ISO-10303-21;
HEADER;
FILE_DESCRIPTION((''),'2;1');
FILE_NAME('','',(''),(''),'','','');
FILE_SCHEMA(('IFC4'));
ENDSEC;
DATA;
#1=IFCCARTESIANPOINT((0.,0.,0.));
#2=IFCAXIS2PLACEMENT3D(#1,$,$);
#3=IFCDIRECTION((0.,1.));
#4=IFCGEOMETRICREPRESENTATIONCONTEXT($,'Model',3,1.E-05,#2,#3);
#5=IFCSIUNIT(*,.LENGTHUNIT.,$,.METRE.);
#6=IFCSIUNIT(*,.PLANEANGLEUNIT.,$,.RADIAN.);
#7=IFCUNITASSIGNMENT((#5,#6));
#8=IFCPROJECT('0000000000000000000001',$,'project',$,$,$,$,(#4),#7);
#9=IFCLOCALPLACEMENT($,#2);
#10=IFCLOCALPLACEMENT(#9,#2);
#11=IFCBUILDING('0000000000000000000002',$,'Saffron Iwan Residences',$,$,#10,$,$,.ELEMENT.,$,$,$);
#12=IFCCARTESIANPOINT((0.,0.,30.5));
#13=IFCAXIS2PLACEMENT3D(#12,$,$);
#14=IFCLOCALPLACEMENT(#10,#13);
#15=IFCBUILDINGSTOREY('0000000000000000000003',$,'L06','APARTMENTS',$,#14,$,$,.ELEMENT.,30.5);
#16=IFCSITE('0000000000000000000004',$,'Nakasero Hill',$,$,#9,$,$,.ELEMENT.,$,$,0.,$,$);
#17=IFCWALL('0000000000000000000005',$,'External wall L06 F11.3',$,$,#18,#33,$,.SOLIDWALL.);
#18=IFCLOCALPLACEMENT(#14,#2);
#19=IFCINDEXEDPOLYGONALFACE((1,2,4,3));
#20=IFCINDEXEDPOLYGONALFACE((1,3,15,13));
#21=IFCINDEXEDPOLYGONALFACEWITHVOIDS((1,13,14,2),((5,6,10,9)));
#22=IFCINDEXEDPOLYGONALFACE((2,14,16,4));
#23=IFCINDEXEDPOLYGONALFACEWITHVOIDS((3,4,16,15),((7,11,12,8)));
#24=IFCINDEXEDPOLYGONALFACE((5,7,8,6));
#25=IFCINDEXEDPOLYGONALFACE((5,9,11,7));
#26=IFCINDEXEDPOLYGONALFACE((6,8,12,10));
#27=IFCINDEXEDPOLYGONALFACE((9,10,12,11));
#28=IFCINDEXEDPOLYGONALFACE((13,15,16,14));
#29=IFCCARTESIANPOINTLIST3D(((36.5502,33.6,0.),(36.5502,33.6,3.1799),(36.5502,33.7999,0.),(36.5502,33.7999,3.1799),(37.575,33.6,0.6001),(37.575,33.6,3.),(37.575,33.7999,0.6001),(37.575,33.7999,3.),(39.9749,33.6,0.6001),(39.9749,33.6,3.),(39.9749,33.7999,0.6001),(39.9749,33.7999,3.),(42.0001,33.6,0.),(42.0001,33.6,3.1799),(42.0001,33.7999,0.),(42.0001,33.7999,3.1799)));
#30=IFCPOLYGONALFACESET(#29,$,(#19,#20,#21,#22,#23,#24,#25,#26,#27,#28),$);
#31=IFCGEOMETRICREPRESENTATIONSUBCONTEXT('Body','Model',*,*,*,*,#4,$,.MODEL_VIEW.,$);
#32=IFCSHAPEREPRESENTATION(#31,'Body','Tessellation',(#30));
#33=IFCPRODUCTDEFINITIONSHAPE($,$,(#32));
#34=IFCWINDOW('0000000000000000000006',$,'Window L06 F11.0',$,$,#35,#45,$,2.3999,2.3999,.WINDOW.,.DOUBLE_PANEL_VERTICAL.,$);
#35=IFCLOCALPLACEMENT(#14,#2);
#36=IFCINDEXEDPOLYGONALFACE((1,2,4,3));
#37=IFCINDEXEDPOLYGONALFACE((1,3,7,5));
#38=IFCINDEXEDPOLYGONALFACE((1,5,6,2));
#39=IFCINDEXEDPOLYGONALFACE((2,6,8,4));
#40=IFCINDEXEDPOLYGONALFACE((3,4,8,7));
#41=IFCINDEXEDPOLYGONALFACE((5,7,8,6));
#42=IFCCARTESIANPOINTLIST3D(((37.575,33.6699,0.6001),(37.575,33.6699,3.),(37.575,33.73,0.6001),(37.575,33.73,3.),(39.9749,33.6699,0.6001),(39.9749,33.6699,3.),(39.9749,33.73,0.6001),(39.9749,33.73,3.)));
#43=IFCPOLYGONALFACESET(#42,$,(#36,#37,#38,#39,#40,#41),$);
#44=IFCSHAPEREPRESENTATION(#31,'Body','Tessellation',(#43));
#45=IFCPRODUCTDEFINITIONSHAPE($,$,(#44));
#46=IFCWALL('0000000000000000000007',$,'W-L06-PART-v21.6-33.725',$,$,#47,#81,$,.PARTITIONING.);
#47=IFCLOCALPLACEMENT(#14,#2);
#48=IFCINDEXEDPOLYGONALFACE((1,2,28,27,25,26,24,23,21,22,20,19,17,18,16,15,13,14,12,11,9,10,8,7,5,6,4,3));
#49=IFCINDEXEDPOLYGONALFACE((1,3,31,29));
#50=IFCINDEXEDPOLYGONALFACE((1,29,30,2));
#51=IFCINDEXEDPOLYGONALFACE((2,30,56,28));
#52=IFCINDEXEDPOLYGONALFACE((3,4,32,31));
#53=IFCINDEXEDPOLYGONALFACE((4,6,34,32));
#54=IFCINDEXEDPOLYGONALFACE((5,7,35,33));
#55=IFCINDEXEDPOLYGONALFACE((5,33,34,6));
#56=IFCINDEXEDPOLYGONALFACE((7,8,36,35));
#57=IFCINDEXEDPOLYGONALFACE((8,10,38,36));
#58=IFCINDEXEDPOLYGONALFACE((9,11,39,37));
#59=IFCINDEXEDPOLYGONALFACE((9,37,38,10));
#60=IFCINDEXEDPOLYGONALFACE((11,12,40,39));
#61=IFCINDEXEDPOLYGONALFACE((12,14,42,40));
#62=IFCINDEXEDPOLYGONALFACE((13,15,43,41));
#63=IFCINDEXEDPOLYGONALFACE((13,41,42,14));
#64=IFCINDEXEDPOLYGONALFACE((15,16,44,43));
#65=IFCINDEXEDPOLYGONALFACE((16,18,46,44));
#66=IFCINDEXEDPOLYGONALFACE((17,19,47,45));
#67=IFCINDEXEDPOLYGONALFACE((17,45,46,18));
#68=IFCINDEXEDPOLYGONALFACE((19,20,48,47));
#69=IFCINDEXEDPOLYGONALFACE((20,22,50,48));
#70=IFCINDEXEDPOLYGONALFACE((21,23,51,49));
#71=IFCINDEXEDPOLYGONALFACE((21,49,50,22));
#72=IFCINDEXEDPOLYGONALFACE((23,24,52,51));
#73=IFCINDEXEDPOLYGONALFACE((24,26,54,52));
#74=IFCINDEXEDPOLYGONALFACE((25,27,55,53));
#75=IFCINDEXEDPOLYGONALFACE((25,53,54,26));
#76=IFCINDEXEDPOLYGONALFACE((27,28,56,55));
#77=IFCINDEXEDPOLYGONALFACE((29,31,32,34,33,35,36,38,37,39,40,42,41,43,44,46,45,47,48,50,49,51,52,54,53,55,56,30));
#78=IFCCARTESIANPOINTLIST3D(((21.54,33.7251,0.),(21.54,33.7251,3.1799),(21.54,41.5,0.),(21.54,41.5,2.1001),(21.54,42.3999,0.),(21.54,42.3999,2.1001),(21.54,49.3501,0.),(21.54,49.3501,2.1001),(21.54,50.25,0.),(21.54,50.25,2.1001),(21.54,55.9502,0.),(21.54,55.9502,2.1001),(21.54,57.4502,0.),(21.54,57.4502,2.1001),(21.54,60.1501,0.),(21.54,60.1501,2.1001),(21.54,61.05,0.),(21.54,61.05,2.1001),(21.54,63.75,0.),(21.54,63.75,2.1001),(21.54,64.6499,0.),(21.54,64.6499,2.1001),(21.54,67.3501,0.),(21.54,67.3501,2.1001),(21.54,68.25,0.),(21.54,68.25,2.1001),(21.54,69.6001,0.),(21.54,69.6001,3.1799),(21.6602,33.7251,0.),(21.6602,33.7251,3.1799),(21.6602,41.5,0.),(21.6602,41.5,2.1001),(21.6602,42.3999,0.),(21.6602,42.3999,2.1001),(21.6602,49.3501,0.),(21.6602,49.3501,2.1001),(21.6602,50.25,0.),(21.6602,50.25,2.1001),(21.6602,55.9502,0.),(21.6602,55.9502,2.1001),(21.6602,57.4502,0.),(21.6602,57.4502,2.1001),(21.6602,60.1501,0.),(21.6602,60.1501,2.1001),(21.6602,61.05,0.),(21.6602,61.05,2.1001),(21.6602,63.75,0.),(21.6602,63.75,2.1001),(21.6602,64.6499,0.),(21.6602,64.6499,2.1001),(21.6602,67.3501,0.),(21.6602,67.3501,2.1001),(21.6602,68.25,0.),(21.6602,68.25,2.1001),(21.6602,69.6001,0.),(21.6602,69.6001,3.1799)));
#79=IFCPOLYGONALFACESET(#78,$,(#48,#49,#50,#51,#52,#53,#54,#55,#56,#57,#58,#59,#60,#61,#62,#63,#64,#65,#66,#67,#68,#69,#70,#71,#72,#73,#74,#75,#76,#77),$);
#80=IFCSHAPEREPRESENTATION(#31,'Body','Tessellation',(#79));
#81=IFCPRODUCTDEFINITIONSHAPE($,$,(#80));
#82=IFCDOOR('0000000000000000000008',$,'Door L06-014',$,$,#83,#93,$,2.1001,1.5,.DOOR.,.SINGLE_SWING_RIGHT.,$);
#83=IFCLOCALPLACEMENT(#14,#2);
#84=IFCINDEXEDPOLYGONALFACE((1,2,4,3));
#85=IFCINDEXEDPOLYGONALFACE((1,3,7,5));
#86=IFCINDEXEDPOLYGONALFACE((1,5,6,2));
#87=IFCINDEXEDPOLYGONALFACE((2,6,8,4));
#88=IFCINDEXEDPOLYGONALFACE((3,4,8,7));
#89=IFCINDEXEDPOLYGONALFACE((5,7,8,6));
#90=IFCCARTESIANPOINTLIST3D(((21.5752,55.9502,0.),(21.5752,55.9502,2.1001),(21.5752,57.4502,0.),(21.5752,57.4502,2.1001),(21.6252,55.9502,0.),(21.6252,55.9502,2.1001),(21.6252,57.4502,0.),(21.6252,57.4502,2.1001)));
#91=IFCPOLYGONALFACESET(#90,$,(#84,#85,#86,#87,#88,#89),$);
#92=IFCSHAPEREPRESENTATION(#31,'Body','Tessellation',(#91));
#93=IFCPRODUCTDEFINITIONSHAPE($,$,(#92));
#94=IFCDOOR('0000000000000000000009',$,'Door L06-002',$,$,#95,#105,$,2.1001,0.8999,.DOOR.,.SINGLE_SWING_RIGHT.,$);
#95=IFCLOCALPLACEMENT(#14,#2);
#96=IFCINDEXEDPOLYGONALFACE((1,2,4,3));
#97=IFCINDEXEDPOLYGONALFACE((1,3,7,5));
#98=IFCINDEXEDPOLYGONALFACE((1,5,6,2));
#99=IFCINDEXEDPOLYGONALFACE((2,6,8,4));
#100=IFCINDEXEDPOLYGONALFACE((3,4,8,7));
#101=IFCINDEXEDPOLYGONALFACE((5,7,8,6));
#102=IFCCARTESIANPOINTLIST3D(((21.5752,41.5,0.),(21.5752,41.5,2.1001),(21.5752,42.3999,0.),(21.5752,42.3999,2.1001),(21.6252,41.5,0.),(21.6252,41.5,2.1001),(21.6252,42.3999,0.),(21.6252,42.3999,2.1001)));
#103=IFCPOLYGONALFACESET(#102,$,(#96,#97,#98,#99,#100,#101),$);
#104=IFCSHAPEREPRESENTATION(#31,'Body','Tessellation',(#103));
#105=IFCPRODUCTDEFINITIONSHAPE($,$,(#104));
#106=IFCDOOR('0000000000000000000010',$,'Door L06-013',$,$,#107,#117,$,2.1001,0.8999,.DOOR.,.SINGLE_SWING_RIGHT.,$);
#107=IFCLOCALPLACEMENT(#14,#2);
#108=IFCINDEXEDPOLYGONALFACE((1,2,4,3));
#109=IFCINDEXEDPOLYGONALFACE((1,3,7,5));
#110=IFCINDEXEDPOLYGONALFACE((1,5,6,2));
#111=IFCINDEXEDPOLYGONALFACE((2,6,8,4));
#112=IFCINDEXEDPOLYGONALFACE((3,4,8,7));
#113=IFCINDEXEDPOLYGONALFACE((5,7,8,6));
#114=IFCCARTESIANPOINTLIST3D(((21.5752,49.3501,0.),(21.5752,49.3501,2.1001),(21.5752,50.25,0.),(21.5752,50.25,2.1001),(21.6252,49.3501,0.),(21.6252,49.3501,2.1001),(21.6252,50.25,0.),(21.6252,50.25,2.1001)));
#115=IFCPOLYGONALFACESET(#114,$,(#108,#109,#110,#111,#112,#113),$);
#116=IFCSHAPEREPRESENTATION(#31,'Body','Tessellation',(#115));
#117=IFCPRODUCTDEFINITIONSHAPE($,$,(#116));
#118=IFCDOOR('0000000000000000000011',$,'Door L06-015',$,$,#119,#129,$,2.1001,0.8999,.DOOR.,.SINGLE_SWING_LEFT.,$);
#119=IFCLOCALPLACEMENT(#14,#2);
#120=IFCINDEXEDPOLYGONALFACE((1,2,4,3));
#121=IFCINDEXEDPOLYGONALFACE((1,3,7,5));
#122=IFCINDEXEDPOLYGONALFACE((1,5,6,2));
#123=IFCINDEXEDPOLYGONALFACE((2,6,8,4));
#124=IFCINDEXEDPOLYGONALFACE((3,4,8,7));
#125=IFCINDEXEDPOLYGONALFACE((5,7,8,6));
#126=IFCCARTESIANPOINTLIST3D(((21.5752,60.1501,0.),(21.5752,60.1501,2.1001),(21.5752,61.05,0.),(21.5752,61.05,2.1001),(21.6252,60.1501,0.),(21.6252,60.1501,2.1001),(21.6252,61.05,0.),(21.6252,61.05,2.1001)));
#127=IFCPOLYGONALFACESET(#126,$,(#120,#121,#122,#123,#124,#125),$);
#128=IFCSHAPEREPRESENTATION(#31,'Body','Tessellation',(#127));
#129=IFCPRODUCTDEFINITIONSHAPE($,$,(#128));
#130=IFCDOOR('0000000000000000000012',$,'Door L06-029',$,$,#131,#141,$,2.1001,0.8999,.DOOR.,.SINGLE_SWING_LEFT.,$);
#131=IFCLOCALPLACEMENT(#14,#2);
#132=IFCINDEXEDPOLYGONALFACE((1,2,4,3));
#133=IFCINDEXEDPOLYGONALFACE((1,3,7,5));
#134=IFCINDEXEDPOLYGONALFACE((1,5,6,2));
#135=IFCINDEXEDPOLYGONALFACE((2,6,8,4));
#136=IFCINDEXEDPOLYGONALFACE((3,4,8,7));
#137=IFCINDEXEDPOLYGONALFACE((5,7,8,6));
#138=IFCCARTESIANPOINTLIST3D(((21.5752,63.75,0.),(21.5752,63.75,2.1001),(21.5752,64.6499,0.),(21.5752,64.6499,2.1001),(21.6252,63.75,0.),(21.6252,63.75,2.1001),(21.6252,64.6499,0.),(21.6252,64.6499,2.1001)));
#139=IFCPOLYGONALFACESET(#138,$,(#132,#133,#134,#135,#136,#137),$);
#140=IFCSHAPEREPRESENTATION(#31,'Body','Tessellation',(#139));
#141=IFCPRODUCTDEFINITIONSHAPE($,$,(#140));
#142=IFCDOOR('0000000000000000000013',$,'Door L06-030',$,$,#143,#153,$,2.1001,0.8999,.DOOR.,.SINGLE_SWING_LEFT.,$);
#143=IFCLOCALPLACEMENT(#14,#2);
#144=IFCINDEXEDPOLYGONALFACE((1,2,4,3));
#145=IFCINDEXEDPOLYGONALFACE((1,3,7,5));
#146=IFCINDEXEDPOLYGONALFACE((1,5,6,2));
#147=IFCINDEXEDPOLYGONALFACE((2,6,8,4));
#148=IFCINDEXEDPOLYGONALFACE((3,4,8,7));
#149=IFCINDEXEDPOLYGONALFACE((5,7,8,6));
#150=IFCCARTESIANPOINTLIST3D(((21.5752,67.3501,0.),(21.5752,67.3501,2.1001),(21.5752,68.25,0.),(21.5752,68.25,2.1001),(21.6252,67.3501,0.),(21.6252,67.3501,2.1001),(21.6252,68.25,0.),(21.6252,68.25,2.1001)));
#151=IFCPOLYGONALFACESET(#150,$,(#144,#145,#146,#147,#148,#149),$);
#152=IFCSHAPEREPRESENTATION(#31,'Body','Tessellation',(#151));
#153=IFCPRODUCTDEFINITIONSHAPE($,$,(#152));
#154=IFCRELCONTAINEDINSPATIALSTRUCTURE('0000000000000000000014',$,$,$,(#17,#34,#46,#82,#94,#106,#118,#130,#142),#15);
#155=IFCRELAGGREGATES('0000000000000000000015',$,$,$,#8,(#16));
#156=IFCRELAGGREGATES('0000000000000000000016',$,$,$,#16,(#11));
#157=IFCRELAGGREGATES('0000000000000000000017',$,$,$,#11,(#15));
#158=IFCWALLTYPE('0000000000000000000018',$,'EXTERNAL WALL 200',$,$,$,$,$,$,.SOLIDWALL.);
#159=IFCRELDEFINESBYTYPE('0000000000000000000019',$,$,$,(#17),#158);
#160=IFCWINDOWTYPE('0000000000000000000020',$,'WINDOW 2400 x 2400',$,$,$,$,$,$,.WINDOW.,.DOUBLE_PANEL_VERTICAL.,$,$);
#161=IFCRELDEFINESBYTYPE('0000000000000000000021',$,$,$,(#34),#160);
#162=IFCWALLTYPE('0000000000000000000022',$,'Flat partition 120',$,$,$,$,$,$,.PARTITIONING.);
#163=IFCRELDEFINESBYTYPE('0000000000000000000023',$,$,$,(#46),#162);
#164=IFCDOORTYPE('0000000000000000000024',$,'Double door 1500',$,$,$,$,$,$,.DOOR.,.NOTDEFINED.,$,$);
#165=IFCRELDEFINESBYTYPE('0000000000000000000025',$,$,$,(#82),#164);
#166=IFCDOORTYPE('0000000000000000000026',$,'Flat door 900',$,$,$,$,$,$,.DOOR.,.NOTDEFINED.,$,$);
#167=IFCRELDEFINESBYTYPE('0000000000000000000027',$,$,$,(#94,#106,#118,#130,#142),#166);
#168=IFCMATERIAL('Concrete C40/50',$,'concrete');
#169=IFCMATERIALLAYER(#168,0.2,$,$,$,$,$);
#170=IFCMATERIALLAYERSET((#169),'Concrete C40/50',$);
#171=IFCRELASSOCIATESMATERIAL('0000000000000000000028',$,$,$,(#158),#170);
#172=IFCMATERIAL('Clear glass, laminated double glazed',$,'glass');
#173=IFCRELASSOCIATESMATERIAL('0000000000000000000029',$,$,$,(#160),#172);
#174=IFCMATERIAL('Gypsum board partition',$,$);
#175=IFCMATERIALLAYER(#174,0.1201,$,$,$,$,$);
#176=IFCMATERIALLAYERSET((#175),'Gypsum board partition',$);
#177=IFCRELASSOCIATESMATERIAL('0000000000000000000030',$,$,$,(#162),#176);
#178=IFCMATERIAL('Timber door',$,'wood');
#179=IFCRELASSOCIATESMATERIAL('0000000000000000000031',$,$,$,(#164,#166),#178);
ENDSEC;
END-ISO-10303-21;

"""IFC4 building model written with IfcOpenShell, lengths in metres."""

from ifc_helpers import new_model, si_unit, direction, frame, frame_2d, origin, place, context, subcontext, project, spatial, rectangle, extrude, material, layer, layer_set, type_object, element, fill, save


model = new_model("IFC4")

# Units and contexts
model_context = context("Model", 3, precision=1e-05, world=origin(), true_north=direction((0.0, 1.0)))
body_context = subcontext(model_context, "Body", "Model", "MODEL_VIEW")
ifc_project = project(units=[si_unit("LENGTHUNIT", "METRE"), si_unit("PLANEANGLEUNIT", "RADIAN")], contexts=[model_context])

# Site, building, storey
site_placement = place(None, origin())
site = spatial("IfcSite", under=ifc_project, at=site_placement, Name="Nakasero Hill", CompositionType="ELEMENT", RefElevation=0.0)
building_placement = place(site_placement, origin())
building = spatial("IfcBuilding", under=site, at=building_placement, Name="Saffron Iwan Residences", CompositionType="ELEMENT")
storey_placement = place(building_placement, frame((0.0, 0.0, 30.5)))
storey = spatial("IfcBuildingStorey", under=building, at=storey_placement, Name="L06", Description="APARTMENTS", CompositionType="ELEMENT", Elevation=30.5)

# Shared definitions
ifc_material_1 = material(Name="Clear glass, laminated double glazed", Category="glass")

# Shared definitions
ifc_material_2 = material(Name="Concrete C40/50", Category="concrete")
ifc_layer_1 = layer(ifc_material_2, 0.2)
ifc_layer_set_1 = layer_set([ifc_layer_1], Name="Concrete C40/50")
wall_type_1 = type_object("IfcWallType", Name="EXTERNAL WALL 200", PredefinedType="SOLIDWALL", material=ifc_layer_set_1)

# Wall, opening, window
wall_1_placement = place(storey_placement, frame((36.55, 33.7, 0.0), z_axis=(0.0, 0.0, 1.0), x_axis=(1.0, 0.0, 0.0)))
wall_1 = element("IfcWall", 1, at=wall_1_placement, inside=storey, type_object=wall_type_1, Name="External wall L06 F11.3", PredefinedType="SOLIDWALL", context=body_context, shape_type="SweptSolid", body=[
    extrude(rectangle(XDim=5.45, YDim=0.2, at=frame_2d((2.7251, 0.0))), origin(), (0.0, 0.0, 1.0), 3.1799),
])
opening_1_placement = place(wall_1_placement, frame((1.0249, 0.0, 0.6001)))
opening_1 = element("IfcOpeningElement", 2, at=opening_1_placement, cuts=wall_1, PredefinedType="OPENING", context=body_context, shape_type="SweptSolid", body=[
    extrude(rectangle(XDim=2.3999, YDim=2.3999, at=frame_2d((1.2, 1.2))), frame((0.0, 0.1099, 0.0), z_axis=(0.0, -1.0, 0.0), x_axis=(1.0, 0.0, 0.0)), (0.0, 0.0, 1.0), 0.22),
])
window_type_1 = type_object("IfcWindowType", Name="WINDOW 2400 x 2400", PartitioningType="DOUBLE_PANEL_VERTICAL", PredefinedType="WINDOW", material=ifc_material_1)
window_1_placement = place(opening_1_placement, origin())
window_1 = element("IfcWindow", 3, at=window_1_placement, inside=storey, type_object=window_type_1, Name="Window L06 F11.0", OverallHeight=2.3999, OverallWidth=2.3999, PartitioningType="DOUBLE_PANEL_VERTICAL", PredefinedType="WINDOW", context=body_context, shape_type="SweptSolid", body=[
    extrude(rectangle(XDim=2.3999, YDim=2.3999, at=frame_2d((1.2, 1.2))), frame((0.0, 0.03, 0.0), z_axis=(0.0, -1.0, 0.0), x_axis=(1.0, 0.0, 0.0)), (0.0, 0.0, 1.0), 0.0601),
])
fill(opening_1, window_1)

# Wall, openings, doors
ifc_material_3 = material(Name="Gypsum board partition")
ifc_layer_2 = layer(ifc_material_3, 0.1201)
ifc_layer_set_2 = layer_set([ifc_layer_2], Name="Gypsum board partition")
wall_type_2 = type_object("IfcWallType", Name="Flat partition 120", PredefinedType="PARTITIONING", material=ifc_layer_set_2)
wall_2_placement = place(storey_placement, frame((21.6001, 33.7251, 0.0), z_axis=(0.0, 0.0, 1.0), x_axis=(0.0, 1.0, 0.0)))
wall_2 = element("IfcWall", 4, at=wall_2_placement, inside=storey, type_object=wall_type_2, Name="W-L06-PART-v21.6-33.725", PredefinedType="PARTITIONING", context=body_context, shape_type="SweptSolid", body=[
    extrude(rectangle(XDim=35.875, YDim=0.1201, at=frame_2d((17.9375, 0.0))), origin(), (0.0, 0.0, 1.0), 3.1799),
])
opening_2_placement = place(wall_2_placement, frame((7.7749, 0.0, 0.0)))
opening_2 = element("IfcOpeningElement", 5, at=opening_2_placement, cuts=wall_2, PredefinedType="OPENING", context=body_context, shape_type="SweptSolid", body=[
    extrude(rectangle(XDim=0.8999, YDim=2.1001, at=frame_2d((0.45, 1.05))), frame((0.0, 0.0701, 0.0), z_axis=(0.0, -1.0, 0.0), x_axis=(1.0, 0.0, 0.0)), (0.0, 0.0, 1.0), 0.1401),
])
opening_3_placement = place(wall_2_placement, frame((15.625, 0.0, 0.0)))
opening_3 = element("IfcOpeningElement", 6, at=opening_3_placement, cuts=wall_2, PredefinedType="OPENING", context=body_context, shape_type="SweptSolid", body=[
    extrude(rectangle(XDim=0.8999, YDim=2.1001, at=frame_2d((0.45, 1.05))), frame((0.0, 0.0701, 0.0), z_axis=(0.0, -1.0, 0.0), x_axis=(1.0, 0.0, 0.0)), (0.0, 0.0, 1.0), 0.1401),
])
opening_4_placement = place(wall_2_placement, frame((22.2251, 0.0, 0.0)))
opening_4 = element("IfcOpeningElement", 7, at=opening_4_placement, cuts=wall_2, PredefinedType="OPENING", context=body_context, shape_type="SweptSolid", body=[
    extrude(rectangle(XDim=1.5, YDim=2.1001, at=frame_2d((0.75, 1.05))), frame((0.0, 0.0701, 0.0), z_axis=(0.0, -1.0, 0.0), x_axis=(1.0, 0.0, 0.0)), (0.0, 0.0, 1.0), 0.1401),
])
opening_5_placement = place(wall_2_placement, frame((26.425, 0.0, 0.0)))
opening_5 = element("IfcOpeningElement", 8, at=opening_5_placement, cuts=wall_2, PredefinedType="OPENING", context=body_context, shape_type="SweptSolid", body=[
    extrude(rectangle(XDim=0.8999, YDim=2.1001, at=frame_2d((0.45, 1.05))), frame((0.0, 0.0701, 0.0), z_axis=(0.0, -1.0, 0.0), x_axis=(1.0, 0.0, 0.0)), (0.0, 0.0, 1.0), 0.1401),
])
opening_6_placement = place(wall_2_placement, frame((30.0249, 0.0, 0.0)))
opening_6 = element("IfcOpeningElement", 9, at=opening_6_placement, cuts=wall_2, PredefinedType="OPENING", context=body_context, shape_type="SweptSolid", body=[
    extrude(rectangle(XDim=0.8999, YDim=2.1001, at=frame_2d((0.45, 1.05))), frame((0.0, 0.0701, 0.0), z_axis=(0.0, -1.0, 0.0), x_axis=(1.0, 0.0, 0.0)), (0.0, 0.0, 1.0), 0.1401),
])
opening_7_placement = place(wall_2_placement, frame((33.625, 0.0, 0.0)))
opening_7 = element("IfcOpeningElement", 10, at=opening_7_placement, cuts=wall_2, PredefinedType="OPENING", context=body_context, shape_type="SweptSolid", body=[
    extrude(rectangle(XDim=0.8999, YDim=2.1001, at=frame_2d((0.45, 1.05))), frame((0.0, 0.0701, 0.0), z_axis=(0.0, -1.0, 0.0), x_axis=(1.0, 0.0, 0.0)), (0.0, 0.0, 1.0), 0.1401),
])
ifc_material_4 = material(Name="Timber door", Category="wood")
door_type_1 = type_object("IfcDoorType", Name="Double door 1500", OperationType="NOTDEFINED", PredefinedType="DOOR", material=ifc_material_4)
door_1_placement = place(opening_4_placement, origin())
door_1 = element("IfcDoor", 11, at=door_1_placement, inside=storey, type_object=door_type_1, Name="Door L06-014", OperationType="SINGLE_SWING_RIGHT", OverallHeight=2.1001, OverallWidth=1.5, PredefinedType="DOOR", context=body_context, shape_type="SweptSolid", body=[
    extrude(rectangle(XDim=1.5, YDim=2.1001, at=frame_2d((0.75, 1.05))), frame((0.0, 0.0249, 0.0), z_axis=(0.0, -1.0, 0.0), x_axis=(1.0, 0.0, 0.0)), (0.0, 0.0, 1.0), 0.05),
])
fill(opening_4, door_1)
door_type_2 = type_object("IfcDoorType", Name="Flat door 900", OperationType="NOTDEFINED", PredefinedType="DOOR", material=ifc_material_4)
door_2_placement = place(opening_2_placement, origin())
door_2 = element("IfcDoor", 12, at=door_2_placement, inside=storey, type_object=door_type_2, Name="Door L06-002", OperationType="SINGLE_SWING_RIGHT", OverallHeight=2.1001, OverallWidth=0.8999, PredefinedType="DOOR", context=body_context, shape_type="SweptSolid", body=[
    extrude(rectangle(XDim=0.8999, YDim=2.1001, at=frame_2d((0.45, 1.05))), frame((0.0, 0.0249, 0.0), z_axis=(0.0, -1.0, 0.0), x_axis=(1.0, 0.0, 0.0)), (0.0, 0.0, 1.0), 0.05),
])
fill(opening_2, door_2)
door_3_placement = place(opening_3_placement, origin())
door_3 = element("IfcDoor", 13, at=door_3_placement, inside=storey, type_object=door_type_2, Name="Door L06-013", OperationType="SINGLE_SWING_RIGHT", OverallHeight=2.1001, OverallWidth=0.8999, PredefinedType="DOOR", context=body_context, shape_type="SweptSolid", body=[
    extrude(rectangle(XDim=0.8999, YDim=2.1001, at=frame_2d((0.45, 1.05))), frame((0.0, 0.0249, 0.0), z_axis=(0.0, -1.0, 0.0), x_axis=(1.0, 0.0, 0.0)), (0.0, 0.0, 1.0), 0.05),
])
fill(opening_3, door_3)
door_4_placement = place(opening_5_placement, origin())
door_4 = element("IfcDoor", 14, at=door_4_placement, inside=storey, type_object=door_type_2, Name="Door L06-015", OperationType="SINGLE_SWING_LEFT", OverallHeight=2.1001, OverallWidth=0.8999, PredefinedType="DOOR", context=body_context, shape_type="SweptSolid", body=[
    extrude(rectangle(XDim=0.8999, YDim=2.1001, at=frame_2d((0.45, 1.05))), frame((0.0, 0.0249, 0.0), z_axis=(0.0, -1.0, 0.0), x_axis=(1.0, 0.0, 0.0)), (0.0, 0.0, 1.0), 0.05),
])
fill(opening_5, door_4)
door_5_placement = place(opening_6_placement, origin())
door_5 = element("IfcDoor", 15, at=door_5_placement, inside=storey, type_object=door_type_2, Name="Door L06-029", OperationType="SINGLE_SWING_LEFT", OverallHeight=2.1001, OverallWidth=0.8999, PredefinedType="DOOR", context=body_context, shape_type="SweptSolid", body=[
    extrude(rectangle(XDim=0.8999, YDim=2.1001, at=frame_2d((0.45, 1.05))), frame((0.0, 0.0249, 0.0), z_axis=(0.0, -1.0, 0.0), x_axis=(1.0, 0.0, 0.0)), (0.0, 0.0, 1.0), 0.05),
])
fill(opening_6, door_5)
door_6_placement = place(opening_7_placement, origin())
door_6 = element("IfcDoor", 16, at=door_6_placement, inside=storey, type_object=door_type_2, Name="Door L06-030", OperationType="SINGLE_SWING_LEFT", OverallHeight=2.1001, OverallWidth=0.8999, PredefinedType="DOOR", context=body_context, shape_type="SweptSolid", body=[
    extrude(rectangle(XDim=0.8999, YDim=2.1001, at=frame_2d((0.45, 1.05))), frame((0.0, 0.0249, 0.0), z_axis=(0.0, -1.0, 0.0), x_axis=(1.0, 0.0, 0.0)), (0.0, 0.0, 1.0), 0.05),
])
fill(opening_7, door_6)

save(model, "model.ifc")
